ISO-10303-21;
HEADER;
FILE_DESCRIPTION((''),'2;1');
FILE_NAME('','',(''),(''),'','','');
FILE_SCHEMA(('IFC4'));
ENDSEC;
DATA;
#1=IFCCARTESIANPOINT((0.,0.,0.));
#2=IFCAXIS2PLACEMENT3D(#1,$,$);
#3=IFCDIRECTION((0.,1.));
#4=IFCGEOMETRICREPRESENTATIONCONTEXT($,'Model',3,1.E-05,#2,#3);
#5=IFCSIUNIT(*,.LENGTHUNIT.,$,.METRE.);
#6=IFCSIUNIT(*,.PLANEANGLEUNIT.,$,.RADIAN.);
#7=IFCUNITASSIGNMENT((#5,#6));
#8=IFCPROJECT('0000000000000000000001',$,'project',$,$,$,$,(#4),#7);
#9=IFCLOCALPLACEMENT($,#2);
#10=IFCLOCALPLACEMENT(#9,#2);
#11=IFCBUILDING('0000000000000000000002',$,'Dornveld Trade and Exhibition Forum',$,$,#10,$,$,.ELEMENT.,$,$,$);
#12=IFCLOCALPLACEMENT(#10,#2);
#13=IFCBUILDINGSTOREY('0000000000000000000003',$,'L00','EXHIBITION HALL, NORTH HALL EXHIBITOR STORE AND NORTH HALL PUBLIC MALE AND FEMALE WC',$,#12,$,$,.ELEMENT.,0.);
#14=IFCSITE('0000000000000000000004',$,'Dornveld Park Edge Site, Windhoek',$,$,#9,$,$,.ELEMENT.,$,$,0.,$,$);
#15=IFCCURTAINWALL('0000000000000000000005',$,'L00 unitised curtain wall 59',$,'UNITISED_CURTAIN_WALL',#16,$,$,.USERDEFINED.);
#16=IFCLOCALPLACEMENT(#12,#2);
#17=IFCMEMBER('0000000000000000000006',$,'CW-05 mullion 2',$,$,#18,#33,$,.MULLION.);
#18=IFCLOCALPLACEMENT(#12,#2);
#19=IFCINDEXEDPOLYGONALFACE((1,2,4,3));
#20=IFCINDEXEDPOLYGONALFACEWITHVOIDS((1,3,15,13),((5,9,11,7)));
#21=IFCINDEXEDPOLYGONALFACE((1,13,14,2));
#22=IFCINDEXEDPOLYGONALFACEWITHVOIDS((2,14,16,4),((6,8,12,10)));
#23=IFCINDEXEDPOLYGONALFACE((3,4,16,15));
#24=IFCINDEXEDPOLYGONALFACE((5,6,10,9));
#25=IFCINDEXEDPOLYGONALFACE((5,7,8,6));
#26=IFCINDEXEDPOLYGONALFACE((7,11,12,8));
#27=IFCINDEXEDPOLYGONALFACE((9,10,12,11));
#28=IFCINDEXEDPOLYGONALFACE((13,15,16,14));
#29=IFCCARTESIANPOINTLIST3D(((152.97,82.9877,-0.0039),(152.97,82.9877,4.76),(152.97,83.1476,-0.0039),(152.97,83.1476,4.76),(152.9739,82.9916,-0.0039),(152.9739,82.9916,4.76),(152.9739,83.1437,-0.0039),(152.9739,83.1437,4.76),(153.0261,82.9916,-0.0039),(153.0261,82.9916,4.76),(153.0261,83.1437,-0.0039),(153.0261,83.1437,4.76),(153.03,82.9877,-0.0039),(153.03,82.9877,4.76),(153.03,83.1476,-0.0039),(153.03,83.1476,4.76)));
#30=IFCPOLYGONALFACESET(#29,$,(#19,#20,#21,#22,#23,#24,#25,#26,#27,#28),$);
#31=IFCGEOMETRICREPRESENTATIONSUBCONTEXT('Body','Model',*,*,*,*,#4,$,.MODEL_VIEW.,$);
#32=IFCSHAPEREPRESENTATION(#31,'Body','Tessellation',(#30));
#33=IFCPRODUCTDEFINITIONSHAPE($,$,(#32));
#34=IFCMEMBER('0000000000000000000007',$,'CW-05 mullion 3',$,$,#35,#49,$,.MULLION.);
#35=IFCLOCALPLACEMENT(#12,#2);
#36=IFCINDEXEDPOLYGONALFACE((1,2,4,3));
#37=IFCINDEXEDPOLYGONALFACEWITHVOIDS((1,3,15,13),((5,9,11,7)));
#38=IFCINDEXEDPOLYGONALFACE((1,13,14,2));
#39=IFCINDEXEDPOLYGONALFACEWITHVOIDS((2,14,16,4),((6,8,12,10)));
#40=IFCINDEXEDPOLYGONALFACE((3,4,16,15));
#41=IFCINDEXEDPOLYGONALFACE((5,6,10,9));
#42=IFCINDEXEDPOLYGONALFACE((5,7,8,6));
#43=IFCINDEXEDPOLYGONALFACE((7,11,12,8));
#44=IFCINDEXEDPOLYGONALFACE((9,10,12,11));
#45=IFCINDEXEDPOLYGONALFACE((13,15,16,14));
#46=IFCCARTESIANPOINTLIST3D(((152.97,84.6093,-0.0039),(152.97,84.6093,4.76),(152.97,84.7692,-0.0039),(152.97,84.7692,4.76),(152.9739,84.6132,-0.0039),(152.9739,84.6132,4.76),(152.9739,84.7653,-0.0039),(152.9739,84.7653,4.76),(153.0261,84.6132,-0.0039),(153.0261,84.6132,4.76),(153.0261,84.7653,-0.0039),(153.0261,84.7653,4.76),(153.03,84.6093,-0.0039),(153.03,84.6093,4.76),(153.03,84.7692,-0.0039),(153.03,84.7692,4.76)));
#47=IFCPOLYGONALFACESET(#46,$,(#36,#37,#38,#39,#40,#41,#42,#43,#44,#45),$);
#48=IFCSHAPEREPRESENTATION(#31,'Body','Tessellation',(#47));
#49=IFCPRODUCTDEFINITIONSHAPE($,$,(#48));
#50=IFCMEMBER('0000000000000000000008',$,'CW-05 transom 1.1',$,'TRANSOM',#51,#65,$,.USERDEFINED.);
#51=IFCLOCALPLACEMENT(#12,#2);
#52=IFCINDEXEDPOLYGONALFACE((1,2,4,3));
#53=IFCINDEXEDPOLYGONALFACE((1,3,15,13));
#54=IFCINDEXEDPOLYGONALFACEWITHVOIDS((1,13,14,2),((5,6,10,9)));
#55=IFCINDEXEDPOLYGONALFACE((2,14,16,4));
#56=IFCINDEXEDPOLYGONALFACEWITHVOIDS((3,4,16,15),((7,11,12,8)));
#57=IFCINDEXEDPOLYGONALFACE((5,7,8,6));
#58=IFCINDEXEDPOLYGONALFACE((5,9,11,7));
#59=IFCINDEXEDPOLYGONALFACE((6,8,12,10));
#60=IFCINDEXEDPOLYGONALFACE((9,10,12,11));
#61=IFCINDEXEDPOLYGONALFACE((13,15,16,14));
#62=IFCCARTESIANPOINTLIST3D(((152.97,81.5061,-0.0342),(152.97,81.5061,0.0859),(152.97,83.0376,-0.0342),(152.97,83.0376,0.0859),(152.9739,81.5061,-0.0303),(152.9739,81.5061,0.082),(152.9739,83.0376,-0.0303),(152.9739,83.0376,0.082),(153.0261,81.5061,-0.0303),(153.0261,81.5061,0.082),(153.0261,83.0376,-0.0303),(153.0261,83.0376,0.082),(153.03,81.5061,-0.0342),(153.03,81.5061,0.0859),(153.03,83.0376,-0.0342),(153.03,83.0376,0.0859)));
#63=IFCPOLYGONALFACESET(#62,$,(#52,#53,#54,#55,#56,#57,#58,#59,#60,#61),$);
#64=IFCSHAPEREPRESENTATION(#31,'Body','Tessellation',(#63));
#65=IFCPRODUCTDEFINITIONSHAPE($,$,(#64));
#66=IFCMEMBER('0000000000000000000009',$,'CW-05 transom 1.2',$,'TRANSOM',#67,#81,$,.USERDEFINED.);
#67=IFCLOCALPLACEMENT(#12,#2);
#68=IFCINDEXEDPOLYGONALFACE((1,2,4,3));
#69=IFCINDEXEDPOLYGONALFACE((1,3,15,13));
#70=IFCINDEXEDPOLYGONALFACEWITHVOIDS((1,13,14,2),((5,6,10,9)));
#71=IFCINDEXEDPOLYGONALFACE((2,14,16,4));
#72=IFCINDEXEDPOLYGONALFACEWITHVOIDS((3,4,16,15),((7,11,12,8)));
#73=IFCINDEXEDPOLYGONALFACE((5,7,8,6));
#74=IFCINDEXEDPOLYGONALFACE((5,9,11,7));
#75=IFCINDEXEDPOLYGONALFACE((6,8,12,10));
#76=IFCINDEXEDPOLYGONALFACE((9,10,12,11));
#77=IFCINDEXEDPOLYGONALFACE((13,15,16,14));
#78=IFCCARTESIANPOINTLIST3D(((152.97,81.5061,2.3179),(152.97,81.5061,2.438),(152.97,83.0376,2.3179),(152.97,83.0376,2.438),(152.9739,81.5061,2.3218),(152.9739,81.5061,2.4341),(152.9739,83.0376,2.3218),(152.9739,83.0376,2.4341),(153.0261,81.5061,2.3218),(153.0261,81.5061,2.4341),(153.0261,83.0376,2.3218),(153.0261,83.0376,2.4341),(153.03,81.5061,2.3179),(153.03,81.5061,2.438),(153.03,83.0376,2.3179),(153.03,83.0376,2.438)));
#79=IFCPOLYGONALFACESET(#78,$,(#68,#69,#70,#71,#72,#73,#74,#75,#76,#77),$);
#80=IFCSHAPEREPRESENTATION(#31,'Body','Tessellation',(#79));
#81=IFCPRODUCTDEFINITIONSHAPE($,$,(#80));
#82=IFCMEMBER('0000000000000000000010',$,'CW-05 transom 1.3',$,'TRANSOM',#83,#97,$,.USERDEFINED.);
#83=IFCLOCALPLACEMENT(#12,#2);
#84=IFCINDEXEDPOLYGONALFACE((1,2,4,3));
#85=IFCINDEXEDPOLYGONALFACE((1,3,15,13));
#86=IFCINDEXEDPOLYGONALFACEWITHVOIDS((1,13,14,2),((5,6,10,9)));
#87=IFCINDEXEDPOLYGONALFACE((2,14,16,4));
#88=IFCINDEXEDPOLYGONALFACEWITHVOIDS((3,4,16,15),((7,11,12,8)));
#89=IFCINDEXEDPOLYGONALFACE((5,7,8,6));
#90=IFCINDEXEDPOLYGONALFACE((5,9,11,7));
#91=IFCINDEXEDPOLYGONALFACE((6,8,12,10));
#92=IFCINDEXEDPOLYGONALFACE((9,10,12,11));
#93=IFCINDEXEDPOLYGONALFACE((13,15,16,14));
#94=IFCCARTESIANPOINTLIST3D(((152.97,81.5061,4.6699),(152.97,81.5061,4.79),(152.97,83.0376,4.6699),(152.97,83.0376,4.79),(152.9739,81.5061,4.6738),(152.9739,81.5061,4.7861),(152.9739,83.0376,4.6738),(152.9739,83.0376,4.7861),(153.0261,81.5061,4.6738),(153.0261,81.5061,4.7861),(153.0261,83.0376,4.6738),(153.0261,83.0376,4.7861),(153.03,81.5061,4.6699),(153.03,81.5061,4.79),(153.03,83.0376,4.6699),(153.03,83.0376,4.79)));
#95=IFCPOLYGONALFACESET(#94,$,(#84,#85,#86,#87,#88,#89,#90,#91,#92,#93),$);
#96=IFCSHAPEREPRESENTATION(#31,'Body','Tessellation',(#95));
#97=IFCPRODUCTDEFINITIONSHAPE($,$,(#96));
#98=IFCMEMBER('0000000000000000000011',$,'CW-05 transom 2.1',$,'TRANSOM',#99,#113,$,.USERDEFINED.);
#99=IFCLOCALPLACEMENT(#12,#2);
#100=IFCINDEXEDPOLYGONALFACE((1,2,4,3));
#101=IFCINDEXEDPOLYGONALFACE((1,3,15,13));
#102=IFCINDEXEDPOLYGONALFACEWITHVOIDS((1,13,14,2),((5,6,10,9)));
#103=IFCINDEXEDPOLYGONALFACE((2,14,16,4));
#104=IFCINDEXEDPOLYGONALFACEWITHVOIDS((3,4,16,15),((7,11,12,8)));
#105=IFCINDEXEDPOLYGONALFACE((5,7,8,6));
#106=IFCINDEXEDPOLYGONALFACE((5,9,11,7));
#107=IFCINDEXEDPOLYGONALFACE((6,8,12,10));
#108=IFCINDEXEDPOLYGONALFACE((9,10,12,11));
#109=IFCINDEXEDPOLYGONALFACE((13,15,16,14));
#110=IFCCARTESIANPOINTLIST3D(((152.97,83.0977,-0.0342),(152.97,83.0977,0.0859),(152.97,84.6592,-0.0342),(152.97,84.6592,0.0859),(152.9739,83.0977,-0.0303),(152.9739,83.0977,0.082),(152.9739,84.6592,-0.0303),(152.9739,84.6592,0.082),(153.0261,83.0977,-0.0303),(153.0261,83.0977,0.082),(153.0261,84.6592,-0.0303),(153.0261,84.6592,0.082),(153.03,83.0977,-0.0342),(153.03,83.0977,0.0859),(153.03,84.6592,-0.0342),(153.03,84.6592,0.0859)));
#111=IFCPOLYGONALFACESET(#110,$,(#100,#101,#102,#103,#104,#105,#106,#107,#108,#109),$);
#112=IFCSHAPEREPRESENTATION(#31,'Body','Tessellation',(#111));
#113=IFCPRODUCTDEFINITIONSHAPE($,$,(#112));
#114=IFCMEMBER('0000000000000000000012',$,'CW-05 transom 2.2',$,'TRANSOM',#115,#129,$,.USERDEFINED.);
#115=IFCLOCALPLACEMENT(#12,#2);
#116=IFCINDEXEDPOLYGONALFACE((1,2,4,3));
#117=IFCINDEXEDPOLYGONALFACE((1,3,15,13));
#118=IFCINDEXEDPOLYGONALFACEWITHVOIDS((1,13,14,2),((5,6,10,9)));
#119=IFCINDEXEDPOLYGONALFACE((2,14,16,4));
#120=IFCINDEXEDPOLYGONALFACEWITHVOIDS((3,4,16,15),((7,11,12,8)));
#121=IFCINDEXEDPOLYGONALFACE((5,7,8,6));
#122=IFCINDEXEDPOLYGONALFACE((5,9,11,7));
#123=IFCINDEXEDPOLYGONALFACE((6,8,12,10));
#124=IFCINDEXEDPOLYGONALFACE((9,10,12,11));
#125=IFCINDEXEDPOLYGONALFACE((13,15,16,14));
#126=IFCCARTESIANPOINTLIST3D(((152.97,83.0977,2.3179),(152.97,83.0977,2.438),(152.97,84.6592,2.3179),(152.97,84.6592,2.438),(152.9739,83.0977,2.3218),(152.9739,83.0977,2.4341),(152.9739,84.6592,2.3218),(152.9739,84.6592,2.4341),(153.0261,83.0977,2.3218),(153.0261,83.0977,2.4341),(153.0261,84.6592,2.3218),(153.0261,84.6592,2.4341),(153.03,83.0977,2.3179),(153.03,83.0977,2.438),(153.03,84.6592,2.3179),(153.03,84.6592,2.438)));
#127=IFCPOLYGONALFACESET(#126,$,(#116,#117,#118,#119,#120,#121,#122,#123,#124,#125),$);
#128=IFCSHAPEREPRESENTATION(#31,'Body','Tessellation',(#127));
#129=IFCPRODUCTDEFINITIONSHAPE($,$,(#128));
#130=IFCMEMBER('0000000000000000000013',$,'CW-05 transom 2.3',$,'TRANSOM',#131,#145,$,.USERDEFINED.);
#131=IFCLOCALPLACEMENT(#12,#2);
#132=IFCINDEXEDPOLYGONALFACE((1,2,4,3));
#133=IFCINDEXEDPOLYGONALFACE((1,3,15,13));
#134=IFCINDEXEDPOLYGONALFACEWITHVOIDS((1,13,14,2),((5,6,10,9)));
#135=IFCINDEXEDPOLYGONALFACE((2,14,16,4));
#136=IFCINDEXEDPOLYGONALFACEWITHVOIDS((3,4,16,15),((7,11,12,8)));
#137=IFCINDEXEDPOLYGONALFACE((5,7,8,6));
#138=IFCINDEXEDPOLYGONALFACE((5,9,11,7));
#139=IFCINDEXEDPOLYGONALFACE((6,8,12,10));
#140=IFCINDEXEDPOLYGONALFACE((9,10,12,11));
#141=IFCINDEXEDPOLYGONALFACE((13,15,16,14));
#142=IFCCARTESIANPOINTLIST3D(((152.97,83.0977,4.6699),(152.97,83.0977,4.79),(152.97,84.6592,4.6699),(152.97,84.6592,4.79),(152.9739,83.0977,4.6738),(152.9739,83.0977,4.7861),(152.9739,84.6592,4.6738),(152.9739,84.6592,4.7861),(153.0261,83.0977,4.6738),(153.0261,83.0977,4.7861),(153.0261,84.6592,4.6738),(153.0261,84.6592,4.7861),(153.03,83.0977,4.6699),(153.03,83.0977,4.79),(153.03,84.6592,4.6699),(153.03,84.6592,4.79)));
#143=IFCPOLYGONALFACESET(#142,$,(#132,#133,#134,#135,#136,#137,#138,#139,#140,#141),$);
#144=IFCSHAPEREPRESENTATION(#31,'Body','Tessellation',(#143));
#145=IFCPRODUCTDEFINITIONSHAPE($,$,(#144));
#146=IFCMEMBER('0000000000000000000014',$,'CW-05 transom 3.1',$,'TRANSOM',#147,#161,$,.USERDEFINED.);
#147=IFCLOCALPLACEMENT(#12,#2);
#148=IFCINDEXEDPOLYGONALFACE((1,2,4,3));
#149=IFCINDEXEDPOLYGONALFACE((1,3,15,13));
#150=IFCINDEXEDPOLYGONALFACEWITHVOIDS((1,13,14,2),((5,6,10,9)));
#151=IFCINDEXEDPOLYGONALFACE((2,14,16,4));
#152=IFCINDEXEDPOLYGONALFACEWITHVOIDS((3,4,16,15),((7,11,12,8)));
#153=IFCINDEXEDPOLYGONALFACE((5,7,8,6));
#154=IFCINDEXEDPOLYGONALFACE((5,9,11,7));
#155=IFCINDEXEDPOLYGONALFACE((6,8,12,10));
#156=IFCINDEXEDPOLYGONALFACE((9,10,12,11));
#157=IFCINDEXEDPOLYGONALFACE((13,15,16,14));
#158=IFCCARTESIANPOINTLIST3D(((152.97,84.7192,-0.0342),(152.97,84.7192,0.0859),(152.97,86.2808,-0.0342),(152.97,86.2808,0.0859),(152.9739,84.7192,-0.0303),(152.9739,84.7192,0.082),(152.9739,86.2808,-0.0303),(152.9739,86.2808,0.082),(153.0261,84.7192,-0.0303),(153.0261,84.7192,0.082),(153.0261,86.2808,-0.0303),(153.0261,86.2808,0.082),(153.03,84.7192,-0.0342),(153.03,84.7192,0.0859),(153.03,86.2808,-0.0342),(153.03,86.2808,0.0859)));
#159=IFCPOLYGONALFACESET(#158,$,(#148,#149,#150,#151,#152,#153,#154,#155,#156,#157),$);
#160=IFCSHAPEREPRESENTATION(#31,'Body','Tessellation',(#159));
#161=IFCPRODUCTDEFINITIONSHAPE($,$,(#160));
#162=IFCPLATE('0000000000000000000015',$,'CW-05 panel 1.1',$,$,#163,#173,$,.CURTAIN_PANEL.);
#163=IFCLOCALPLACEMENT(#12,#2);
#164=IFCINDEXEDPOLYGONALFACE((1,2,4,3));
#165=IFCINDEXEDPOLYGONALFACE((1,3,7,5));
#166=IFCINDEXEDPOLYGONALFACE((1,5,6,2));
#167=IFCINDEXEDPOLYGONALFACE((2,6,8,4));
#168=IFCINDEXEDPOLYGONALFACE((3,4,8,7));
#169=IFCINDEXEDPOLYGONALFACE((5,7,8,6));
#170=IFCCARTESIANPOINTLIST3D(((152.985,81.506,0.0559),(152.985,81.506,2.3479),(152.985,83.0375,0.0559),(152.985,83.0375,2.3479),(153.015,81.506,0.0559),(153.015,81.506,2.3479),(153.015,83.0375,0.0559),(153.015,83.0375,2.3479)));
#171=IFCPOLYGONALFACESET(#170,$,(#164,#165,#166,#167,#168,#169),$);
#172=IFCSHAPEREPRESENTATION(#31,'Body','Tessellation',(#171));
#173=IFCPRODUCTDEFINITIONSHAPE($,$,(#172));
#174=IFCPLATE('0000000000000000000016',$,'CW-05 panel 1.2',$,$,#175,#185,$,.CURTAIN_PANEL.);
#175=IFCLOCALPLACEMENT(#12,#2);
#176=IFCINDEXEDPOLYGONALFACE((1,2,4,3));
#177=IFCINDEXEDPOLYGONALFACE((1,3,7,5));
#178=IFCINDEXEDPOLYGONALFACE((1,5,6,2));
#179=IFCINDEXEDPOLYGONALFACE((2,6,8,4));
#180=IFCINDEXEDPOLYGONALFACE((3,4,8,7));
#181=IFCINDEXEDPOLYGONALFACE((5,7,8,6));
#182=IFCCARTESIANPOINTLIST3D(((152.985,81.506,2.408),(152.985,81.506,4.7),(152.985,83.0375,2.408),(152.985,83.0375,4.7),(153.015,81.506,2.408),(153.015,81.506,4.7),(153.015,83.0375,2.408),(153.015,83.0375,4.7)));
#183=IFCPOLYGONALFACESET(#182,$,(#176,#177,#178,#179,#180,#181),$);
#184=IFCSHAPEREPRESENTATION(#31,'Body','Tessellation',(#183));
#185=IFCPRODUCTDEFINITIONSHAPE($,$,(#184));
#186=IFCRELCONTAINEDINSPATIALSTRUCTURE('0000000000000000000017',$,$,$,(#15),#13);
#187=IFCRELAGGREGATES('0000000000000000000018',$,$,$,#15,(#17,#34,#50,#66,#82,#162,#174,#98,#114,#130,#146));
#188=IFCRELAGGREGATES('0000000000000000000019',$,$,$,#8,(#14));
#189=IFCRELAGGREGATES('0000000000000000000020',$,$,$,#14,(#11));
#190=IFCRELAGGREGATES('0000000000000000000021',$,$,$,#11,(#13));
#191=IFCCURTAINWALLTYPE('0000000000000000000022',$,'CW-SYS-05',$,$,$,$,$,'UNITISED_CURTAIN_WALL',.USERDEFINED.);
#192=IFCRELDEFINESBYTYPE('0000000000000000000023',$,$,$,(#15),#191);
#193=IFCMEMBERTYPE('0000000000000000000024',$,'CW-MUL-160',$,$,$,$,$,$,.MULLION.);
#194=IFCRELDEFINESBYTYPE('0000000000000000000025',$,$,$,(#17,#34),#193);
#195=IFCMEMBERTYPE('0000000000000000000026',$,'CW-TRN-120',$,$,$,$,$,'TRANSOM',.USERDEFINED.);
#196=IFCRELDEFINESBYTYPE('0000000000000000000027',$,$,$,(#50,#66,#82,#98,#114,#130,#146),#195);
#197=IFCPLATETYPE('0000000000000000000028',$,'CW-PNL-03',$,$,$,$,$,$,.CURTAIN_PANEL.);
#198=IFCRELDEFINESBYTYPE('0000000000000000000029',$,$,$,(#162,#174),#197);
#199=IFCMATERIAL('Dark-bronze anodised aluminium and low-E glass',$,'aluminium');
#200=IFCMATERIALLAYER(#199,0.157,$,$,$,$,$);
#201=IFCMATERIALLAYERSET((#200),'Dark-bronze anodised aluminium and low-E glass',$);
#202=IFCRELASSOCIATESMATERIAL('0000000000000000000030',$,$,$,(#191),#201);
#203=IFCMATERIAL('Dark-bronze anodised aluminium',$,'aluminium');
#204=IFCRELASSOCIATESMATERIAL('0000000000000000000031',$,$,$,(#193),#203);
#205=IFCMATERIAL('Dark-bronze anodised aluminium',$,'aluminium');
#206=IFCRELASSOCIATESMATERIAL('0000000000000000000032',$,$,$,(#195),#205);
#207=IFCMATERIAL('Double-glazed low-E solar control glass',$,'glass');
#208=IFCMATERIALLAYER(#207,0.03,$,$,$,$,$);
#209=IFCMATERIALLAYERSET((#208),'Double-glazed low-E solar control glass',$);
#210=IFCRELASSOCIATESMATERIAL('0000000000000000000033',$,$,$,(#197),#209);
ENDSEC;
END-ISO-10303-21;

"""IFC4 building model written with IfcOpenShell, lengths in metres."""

from ifc_helpers import new_model, si_unit, direction, frame, origin, origin_2d, place, context, subcontext, project, spatial, rectangle, hollow_rectangle, extrude, material, layer, layer_set, material_profile, profile_set, type_object, element, aggregate, save


model = new_model("IFC4")

# Units and contexts
model_context = context("Model", 3, precision=1e-05, world=origin(), true_north=direction((0.0, 1.0)))
body_context = subcontext(model_context, "Body", "Model", "MODEL_VIEW")
ifc_project = project(units=[si_unit("LENGTHUNIT", "METRE"), si_unit("PLANEANGLEUNIT", "RADIAN")], contexts=[model_context])

# Site, building, storey
site_placement = place(None, origin())
site = spatial("IfcSite", under=ifc_project, at=site_placement, Name="Dornveld Park Edge Site, Windhoek", CompositionType="ELEMENT", RefElevation=0.0)
building_placement = place(site_placement, origin())
building = spatial("IfcBuilding", under=site, at=building_placement, Name="Dornveld Trade and Exhibition Forum", CompositionType="ELEMENT")
storey_placement = place(building_placement, origin())
storey = spatial("IfcBuildingStorey", under=building, at=storey_placement, Name="L00", Description="EXHIBITION HALL, NORTH HALL EXHIBITOR STORE AND NORTH HALL PUBLIC MALE AND FEMALE WC", CompositionType="ELEMENT", Elevation=0.0)

# Curtain wall, members, plates
ifc_material_1 = material(Name="Dark-bronze anodised aluminium and low-E glass", Category="aluminium")
ifc_layer_1 = layer(ifc_material_1, 0.157)
ifc_layer_set_1 = layer_set([ifc_layer_1], Name="Dark-bronze anodised aluminium and low-E glass")
curtain_wall_type = type_object("IfcCurtainWallType", Name="CW-SYS-05", ElementType="UNITISED_CURTAIN_WALL", PredefinedType="USERDEFINED", material=ifc_layer_set_1)
curtain_wall_placement = place(storey_placement, origin())
curtain_wall = element("IfcCurtainWall", 1, at=curtain_wall_placement, inside=storey, type_object=curtain_wall_type, Name="L00 unitised curtain wall 59", ObjectType="UNITISED_CURTAIN_WALL", PredefinedType="USERDEFINED")
ifc_material_2 = material(Name="Dark-bronze anodised aluminium", Category="aluminium")
ifc_material_profile_1 = material_profile(ifc_material_2, hollow_rectangle(XDim=0.0601, YDim=0.1599, WallThickness=0.0039, at=origin_2d()), Name="RHS 160x60x4")
ifc_profile_set_1 = profile_set([ifc_material_profile_1], Name="Dark-bronze anodised aluminium")
member_type_1 = type_object("IfcMemberType", Name="CW-MUL-160", PredefinedType="MULLION", material=ifc_profile_set_1)
member_1_placement = place(storey_placement, frame((153.0, 83.0676, -0.0039), z_axis=(0.0, 0.0, 1.0), x_axis=(-1.0, 0.0, 0.0)))
member_1 = element("IfcMember", 2, at=member_1_placement, type_object=member_type_1, Name="CW-05 mullion 2", PredefinedType="MULLION", context=body_context, shape_type="SweptSolid", body=[
    extrude(hollow_rectangle(XDim=0.0601, YDim=0.1599, WallThickness=0.0039, at=origin_2d()), origin(), (0.0, 0.0, 1.0), 4.7639),
])
member_2_placement = place(storey_placement, frame((153.0, 84.6892, -0.0039), z_axis=(0.0, 0.0, 1.0), x_axis=(-1.0, 0.0, 0.0)))
member_2 = element("IfcMember", 3, at=member_2_placement, type_object=member_type_1, Name="CW-05 mullion 3", PredefinedType="MULLION", context=body_context, shape_type="SweptSolid", body=[
    extrude(hollow_rectangle(XDim=0.0601, YDim=0.1599, WallThickness=0.0039, at=origin_2d()), origin(), (0.0, 0.0, 1.0), 4.7639),
])
ifc_material_3 = material(Name="Dark-bronze anodised aluminium", Category="aluminium")
ifc_material_profile_2 = material_profile(ifc_material_3, hollow_rectangle(XDim=0.0601, YDim=0.1201, WallThickness=0.0039, at=origin_2d()), Name="RHS 120x60x4")
ifc_profile_set_2 = profile_set([ifc_material_profile_2], Name="Dark-bronze anodised aluminium")
member_type_2 = type_object("IfcMemberType", Name="CW-TRN-120", ElementType="TRANSOM", PredefinedType="USERDEFINED", material=ifc_profile_set_2)
member_3_placement = place(storey_placement, frame((153.0, 81.5061, 0.0259), z_axis=(0.0, 1.0, 0.0), x_axis=(-1.0, 0.0, 0.0)))
member_3 = element("IfcMember", 4, at=member_3_placement, type_object=member_type_2, Name="CW-05 transom 1.1", ObjectType="TRANSOM", PredefinedType="USERDEFINED", context=body_context, shape_type="SweptSolid", body=[
    extrude(hollow_rectangle(XDim=0.0601, YDim=0.1201, WallThickness=0.0039, at=origin_2d()), origin(), (0.0, 0.0, 1.0), 1.5315),
])
member_4_placement = place(storey_placement, frame((153.0, 81.5061, 2.3779), z_axis=(0.0, 1.0, 0.0), x_axis=(-1.0, 0.0, 0.0)))
member_4 = element("IfcMember", 5, at=member_4_placement, type_object=member_type_2, Name="CW-05 transom 1.2", ObjectType="TRANSOM", PredefinedType="USERDEFINED", context=body_context, shape_type="SweptSolid", body=[
    extrude(hollow_rectangle(XDim=0.0601, YDim=0.1201, WallThickness=0.0039, at=origin_2d()), origin(), (0.0, 0.0, 1.0), 1.5315),
])
member_5_placement = place(storey_placement, frame((153.0, 81.5061, 4.73), z_axis=(0.0, 1.0, 0.0), x_axis=(-1.0, 0.0, 0.0)))
member_5 = element("IfcMember", 6, at=member_5_placement, type_object=member_type_2, Name="CW-05 transom 1.3", ObjectType="TRANSOM", PredefinedType="USERDEFINED", context=body_context, shape_type="SweptSolid", body=[
    extrude(hollow_rectangle(XDim=0.0601, YDim=0.1201, WallThickness=0.0039, at=origin_2d()), origin(), (0.0, 0.0, 1.0), 1.5315),
])
member_6_placement = place(storey_placement, frame((153.0, 83.0977, 0.0259), z_axis=(0.0, 1.0, 0.0), x_axis=(-1.0, 0.0, 0.0)))
member_6 = element("IfcMember", 7, at=member_6_placement, type_object=member_type_2, Name="CW-05 transom 2.1", ObjectType="TRANSOM", PredefinedType="USERDEFINED", context=body_context, shape_type="SweptSolid", body=[
    extrude(hollow_rectangle(XDim=0.0601, YDim=0.1201, WallThickness=0.0039, at=origin_2d()), origin(), (0.0, 0.0, 1.0), 1.5615),
])
member_7_placement = place(storey_placement, frame((153.0, 83.0977, 2.3779), z_axis=(0.0, 1.0, 0.0), x_axis=(-1.0, 0.0, 0.0)))
member_7 = element("IfcMember", 8, at=member_7_placement, type_object=member_type_2, Name="CW-05 transom 2.2", ObjectType="TRANSOM", PredefinedType="USERDEFINED", context=body_context, shape_type="SweptSolid", body=[
    extrude(hollow_rectangle(XDim=0.0601, YDim=0.1201, WallThickness=0.0039, at=origin_2d()), origin(), (0.0, 0.0, 1.0), 1.5615),
])
member_8_placement = place(storey_placement, frame((153.0, 83.0977, 4.73), z_axis=(0.0, 1.0, 0.0), x_axis=(-1.0, 0.0, 0.0)))
member_8 = element("IfcMember", 9, at=member_8_placement, type_object=member_type_2, Name="CW-05 transom 2.3", ObjectType="TRANSOM", PredefinedType="USERDEFINED", context=body_context, shape_type="SweptSolid", body=[
    extrude(hollow_rectangle(XDim=0.0601, YDim=0.1201, WallThickness=0.0039, at=origin_2d()), origin(), (0.0, 0.0, 1.0), 1.5615),
])
member_9_placement = place(storey_placement, frame((153.0, 84.7192, 0.0259), z_axis=(0.0, 1.0, 0.0), x_axis=(-1.0, 0.0, 0.0)))
member_9 = element("IfcMember", 10, at=member_9_placement, type_object=member_type_2, Name="CW-05 transom 3.1", ObjectType="TRANSOM", PredefinedType="USERDEFINED", context=body_context, shape_type="SweptSolid", body=[
    extrude(hollow_rectangle(XDim=0.0601, YDim=0.1201, WallThickness=0.0039, at=origin_2d()), origin(), (0.0, 0.0, 1.0), 1.5615),
])
ifc_material_4 = material(Name="Double-glazed low-E solar control glass", Category="glass")
ifc_layer_2 = layer(ifc_material_4, 0.03)
ifc_layer_set_2 = layer_set([ifc_layer_2], Name="Double-glazed low-E solar control glass")
plate_type = type_object("IfcPlateType", Name="CW-PNL-03", PredefinedType="CURTAIN_PANEL", material=ifc_layer_set_2)
plate_1_placement = place(storey_placement, frame((153.0, 82.2717, 0.0559), z_axis=(0.0, 0.0, 1.0), x_axis=(0.0, 1.0, 0.0)))
plate_1 = element("IfcPlate", 11, at=plate_1_placement, type_object=plate_type, Name="CW-05 panel 1.1", PredefinedType="CURTAIN_PANEL", context=body_context, shape_type="SweptSolid", body=[
    extrude(rectangle(XDim=1.5315, YDim=0.03, at=origin_2d()), origin(), (0.0, 0.0, 1.0), 2.292),
])
plate_2_placement = place(storey_placement, frame((153.0, 82.2717, 2.408), z_axis=(0.0, 0.0, 1.0), x_axis=(0.0, 1.0, 0.0)))
plate_2 = element("IfcPlate", 12, at=plate_2_placement, type_object=plate_type, Name="CW-05 panel 1.2", PredefinedType="CURTAIN_PANEL", context=body_context, shape_type="SweptSolid", body=[
    extrude(rectangle(XDim=1.5315, YDim=0.03, at=origin_2d()), origin(), (0.0, 0.0, 1.0), 2.292),
])
aggregate(curtain_wall, [member_1, member_2, member_3, member_4, member_5, plate_1, plate_2, member_6, member_7, member_8, member_9])

save(model, "model.ifc")
